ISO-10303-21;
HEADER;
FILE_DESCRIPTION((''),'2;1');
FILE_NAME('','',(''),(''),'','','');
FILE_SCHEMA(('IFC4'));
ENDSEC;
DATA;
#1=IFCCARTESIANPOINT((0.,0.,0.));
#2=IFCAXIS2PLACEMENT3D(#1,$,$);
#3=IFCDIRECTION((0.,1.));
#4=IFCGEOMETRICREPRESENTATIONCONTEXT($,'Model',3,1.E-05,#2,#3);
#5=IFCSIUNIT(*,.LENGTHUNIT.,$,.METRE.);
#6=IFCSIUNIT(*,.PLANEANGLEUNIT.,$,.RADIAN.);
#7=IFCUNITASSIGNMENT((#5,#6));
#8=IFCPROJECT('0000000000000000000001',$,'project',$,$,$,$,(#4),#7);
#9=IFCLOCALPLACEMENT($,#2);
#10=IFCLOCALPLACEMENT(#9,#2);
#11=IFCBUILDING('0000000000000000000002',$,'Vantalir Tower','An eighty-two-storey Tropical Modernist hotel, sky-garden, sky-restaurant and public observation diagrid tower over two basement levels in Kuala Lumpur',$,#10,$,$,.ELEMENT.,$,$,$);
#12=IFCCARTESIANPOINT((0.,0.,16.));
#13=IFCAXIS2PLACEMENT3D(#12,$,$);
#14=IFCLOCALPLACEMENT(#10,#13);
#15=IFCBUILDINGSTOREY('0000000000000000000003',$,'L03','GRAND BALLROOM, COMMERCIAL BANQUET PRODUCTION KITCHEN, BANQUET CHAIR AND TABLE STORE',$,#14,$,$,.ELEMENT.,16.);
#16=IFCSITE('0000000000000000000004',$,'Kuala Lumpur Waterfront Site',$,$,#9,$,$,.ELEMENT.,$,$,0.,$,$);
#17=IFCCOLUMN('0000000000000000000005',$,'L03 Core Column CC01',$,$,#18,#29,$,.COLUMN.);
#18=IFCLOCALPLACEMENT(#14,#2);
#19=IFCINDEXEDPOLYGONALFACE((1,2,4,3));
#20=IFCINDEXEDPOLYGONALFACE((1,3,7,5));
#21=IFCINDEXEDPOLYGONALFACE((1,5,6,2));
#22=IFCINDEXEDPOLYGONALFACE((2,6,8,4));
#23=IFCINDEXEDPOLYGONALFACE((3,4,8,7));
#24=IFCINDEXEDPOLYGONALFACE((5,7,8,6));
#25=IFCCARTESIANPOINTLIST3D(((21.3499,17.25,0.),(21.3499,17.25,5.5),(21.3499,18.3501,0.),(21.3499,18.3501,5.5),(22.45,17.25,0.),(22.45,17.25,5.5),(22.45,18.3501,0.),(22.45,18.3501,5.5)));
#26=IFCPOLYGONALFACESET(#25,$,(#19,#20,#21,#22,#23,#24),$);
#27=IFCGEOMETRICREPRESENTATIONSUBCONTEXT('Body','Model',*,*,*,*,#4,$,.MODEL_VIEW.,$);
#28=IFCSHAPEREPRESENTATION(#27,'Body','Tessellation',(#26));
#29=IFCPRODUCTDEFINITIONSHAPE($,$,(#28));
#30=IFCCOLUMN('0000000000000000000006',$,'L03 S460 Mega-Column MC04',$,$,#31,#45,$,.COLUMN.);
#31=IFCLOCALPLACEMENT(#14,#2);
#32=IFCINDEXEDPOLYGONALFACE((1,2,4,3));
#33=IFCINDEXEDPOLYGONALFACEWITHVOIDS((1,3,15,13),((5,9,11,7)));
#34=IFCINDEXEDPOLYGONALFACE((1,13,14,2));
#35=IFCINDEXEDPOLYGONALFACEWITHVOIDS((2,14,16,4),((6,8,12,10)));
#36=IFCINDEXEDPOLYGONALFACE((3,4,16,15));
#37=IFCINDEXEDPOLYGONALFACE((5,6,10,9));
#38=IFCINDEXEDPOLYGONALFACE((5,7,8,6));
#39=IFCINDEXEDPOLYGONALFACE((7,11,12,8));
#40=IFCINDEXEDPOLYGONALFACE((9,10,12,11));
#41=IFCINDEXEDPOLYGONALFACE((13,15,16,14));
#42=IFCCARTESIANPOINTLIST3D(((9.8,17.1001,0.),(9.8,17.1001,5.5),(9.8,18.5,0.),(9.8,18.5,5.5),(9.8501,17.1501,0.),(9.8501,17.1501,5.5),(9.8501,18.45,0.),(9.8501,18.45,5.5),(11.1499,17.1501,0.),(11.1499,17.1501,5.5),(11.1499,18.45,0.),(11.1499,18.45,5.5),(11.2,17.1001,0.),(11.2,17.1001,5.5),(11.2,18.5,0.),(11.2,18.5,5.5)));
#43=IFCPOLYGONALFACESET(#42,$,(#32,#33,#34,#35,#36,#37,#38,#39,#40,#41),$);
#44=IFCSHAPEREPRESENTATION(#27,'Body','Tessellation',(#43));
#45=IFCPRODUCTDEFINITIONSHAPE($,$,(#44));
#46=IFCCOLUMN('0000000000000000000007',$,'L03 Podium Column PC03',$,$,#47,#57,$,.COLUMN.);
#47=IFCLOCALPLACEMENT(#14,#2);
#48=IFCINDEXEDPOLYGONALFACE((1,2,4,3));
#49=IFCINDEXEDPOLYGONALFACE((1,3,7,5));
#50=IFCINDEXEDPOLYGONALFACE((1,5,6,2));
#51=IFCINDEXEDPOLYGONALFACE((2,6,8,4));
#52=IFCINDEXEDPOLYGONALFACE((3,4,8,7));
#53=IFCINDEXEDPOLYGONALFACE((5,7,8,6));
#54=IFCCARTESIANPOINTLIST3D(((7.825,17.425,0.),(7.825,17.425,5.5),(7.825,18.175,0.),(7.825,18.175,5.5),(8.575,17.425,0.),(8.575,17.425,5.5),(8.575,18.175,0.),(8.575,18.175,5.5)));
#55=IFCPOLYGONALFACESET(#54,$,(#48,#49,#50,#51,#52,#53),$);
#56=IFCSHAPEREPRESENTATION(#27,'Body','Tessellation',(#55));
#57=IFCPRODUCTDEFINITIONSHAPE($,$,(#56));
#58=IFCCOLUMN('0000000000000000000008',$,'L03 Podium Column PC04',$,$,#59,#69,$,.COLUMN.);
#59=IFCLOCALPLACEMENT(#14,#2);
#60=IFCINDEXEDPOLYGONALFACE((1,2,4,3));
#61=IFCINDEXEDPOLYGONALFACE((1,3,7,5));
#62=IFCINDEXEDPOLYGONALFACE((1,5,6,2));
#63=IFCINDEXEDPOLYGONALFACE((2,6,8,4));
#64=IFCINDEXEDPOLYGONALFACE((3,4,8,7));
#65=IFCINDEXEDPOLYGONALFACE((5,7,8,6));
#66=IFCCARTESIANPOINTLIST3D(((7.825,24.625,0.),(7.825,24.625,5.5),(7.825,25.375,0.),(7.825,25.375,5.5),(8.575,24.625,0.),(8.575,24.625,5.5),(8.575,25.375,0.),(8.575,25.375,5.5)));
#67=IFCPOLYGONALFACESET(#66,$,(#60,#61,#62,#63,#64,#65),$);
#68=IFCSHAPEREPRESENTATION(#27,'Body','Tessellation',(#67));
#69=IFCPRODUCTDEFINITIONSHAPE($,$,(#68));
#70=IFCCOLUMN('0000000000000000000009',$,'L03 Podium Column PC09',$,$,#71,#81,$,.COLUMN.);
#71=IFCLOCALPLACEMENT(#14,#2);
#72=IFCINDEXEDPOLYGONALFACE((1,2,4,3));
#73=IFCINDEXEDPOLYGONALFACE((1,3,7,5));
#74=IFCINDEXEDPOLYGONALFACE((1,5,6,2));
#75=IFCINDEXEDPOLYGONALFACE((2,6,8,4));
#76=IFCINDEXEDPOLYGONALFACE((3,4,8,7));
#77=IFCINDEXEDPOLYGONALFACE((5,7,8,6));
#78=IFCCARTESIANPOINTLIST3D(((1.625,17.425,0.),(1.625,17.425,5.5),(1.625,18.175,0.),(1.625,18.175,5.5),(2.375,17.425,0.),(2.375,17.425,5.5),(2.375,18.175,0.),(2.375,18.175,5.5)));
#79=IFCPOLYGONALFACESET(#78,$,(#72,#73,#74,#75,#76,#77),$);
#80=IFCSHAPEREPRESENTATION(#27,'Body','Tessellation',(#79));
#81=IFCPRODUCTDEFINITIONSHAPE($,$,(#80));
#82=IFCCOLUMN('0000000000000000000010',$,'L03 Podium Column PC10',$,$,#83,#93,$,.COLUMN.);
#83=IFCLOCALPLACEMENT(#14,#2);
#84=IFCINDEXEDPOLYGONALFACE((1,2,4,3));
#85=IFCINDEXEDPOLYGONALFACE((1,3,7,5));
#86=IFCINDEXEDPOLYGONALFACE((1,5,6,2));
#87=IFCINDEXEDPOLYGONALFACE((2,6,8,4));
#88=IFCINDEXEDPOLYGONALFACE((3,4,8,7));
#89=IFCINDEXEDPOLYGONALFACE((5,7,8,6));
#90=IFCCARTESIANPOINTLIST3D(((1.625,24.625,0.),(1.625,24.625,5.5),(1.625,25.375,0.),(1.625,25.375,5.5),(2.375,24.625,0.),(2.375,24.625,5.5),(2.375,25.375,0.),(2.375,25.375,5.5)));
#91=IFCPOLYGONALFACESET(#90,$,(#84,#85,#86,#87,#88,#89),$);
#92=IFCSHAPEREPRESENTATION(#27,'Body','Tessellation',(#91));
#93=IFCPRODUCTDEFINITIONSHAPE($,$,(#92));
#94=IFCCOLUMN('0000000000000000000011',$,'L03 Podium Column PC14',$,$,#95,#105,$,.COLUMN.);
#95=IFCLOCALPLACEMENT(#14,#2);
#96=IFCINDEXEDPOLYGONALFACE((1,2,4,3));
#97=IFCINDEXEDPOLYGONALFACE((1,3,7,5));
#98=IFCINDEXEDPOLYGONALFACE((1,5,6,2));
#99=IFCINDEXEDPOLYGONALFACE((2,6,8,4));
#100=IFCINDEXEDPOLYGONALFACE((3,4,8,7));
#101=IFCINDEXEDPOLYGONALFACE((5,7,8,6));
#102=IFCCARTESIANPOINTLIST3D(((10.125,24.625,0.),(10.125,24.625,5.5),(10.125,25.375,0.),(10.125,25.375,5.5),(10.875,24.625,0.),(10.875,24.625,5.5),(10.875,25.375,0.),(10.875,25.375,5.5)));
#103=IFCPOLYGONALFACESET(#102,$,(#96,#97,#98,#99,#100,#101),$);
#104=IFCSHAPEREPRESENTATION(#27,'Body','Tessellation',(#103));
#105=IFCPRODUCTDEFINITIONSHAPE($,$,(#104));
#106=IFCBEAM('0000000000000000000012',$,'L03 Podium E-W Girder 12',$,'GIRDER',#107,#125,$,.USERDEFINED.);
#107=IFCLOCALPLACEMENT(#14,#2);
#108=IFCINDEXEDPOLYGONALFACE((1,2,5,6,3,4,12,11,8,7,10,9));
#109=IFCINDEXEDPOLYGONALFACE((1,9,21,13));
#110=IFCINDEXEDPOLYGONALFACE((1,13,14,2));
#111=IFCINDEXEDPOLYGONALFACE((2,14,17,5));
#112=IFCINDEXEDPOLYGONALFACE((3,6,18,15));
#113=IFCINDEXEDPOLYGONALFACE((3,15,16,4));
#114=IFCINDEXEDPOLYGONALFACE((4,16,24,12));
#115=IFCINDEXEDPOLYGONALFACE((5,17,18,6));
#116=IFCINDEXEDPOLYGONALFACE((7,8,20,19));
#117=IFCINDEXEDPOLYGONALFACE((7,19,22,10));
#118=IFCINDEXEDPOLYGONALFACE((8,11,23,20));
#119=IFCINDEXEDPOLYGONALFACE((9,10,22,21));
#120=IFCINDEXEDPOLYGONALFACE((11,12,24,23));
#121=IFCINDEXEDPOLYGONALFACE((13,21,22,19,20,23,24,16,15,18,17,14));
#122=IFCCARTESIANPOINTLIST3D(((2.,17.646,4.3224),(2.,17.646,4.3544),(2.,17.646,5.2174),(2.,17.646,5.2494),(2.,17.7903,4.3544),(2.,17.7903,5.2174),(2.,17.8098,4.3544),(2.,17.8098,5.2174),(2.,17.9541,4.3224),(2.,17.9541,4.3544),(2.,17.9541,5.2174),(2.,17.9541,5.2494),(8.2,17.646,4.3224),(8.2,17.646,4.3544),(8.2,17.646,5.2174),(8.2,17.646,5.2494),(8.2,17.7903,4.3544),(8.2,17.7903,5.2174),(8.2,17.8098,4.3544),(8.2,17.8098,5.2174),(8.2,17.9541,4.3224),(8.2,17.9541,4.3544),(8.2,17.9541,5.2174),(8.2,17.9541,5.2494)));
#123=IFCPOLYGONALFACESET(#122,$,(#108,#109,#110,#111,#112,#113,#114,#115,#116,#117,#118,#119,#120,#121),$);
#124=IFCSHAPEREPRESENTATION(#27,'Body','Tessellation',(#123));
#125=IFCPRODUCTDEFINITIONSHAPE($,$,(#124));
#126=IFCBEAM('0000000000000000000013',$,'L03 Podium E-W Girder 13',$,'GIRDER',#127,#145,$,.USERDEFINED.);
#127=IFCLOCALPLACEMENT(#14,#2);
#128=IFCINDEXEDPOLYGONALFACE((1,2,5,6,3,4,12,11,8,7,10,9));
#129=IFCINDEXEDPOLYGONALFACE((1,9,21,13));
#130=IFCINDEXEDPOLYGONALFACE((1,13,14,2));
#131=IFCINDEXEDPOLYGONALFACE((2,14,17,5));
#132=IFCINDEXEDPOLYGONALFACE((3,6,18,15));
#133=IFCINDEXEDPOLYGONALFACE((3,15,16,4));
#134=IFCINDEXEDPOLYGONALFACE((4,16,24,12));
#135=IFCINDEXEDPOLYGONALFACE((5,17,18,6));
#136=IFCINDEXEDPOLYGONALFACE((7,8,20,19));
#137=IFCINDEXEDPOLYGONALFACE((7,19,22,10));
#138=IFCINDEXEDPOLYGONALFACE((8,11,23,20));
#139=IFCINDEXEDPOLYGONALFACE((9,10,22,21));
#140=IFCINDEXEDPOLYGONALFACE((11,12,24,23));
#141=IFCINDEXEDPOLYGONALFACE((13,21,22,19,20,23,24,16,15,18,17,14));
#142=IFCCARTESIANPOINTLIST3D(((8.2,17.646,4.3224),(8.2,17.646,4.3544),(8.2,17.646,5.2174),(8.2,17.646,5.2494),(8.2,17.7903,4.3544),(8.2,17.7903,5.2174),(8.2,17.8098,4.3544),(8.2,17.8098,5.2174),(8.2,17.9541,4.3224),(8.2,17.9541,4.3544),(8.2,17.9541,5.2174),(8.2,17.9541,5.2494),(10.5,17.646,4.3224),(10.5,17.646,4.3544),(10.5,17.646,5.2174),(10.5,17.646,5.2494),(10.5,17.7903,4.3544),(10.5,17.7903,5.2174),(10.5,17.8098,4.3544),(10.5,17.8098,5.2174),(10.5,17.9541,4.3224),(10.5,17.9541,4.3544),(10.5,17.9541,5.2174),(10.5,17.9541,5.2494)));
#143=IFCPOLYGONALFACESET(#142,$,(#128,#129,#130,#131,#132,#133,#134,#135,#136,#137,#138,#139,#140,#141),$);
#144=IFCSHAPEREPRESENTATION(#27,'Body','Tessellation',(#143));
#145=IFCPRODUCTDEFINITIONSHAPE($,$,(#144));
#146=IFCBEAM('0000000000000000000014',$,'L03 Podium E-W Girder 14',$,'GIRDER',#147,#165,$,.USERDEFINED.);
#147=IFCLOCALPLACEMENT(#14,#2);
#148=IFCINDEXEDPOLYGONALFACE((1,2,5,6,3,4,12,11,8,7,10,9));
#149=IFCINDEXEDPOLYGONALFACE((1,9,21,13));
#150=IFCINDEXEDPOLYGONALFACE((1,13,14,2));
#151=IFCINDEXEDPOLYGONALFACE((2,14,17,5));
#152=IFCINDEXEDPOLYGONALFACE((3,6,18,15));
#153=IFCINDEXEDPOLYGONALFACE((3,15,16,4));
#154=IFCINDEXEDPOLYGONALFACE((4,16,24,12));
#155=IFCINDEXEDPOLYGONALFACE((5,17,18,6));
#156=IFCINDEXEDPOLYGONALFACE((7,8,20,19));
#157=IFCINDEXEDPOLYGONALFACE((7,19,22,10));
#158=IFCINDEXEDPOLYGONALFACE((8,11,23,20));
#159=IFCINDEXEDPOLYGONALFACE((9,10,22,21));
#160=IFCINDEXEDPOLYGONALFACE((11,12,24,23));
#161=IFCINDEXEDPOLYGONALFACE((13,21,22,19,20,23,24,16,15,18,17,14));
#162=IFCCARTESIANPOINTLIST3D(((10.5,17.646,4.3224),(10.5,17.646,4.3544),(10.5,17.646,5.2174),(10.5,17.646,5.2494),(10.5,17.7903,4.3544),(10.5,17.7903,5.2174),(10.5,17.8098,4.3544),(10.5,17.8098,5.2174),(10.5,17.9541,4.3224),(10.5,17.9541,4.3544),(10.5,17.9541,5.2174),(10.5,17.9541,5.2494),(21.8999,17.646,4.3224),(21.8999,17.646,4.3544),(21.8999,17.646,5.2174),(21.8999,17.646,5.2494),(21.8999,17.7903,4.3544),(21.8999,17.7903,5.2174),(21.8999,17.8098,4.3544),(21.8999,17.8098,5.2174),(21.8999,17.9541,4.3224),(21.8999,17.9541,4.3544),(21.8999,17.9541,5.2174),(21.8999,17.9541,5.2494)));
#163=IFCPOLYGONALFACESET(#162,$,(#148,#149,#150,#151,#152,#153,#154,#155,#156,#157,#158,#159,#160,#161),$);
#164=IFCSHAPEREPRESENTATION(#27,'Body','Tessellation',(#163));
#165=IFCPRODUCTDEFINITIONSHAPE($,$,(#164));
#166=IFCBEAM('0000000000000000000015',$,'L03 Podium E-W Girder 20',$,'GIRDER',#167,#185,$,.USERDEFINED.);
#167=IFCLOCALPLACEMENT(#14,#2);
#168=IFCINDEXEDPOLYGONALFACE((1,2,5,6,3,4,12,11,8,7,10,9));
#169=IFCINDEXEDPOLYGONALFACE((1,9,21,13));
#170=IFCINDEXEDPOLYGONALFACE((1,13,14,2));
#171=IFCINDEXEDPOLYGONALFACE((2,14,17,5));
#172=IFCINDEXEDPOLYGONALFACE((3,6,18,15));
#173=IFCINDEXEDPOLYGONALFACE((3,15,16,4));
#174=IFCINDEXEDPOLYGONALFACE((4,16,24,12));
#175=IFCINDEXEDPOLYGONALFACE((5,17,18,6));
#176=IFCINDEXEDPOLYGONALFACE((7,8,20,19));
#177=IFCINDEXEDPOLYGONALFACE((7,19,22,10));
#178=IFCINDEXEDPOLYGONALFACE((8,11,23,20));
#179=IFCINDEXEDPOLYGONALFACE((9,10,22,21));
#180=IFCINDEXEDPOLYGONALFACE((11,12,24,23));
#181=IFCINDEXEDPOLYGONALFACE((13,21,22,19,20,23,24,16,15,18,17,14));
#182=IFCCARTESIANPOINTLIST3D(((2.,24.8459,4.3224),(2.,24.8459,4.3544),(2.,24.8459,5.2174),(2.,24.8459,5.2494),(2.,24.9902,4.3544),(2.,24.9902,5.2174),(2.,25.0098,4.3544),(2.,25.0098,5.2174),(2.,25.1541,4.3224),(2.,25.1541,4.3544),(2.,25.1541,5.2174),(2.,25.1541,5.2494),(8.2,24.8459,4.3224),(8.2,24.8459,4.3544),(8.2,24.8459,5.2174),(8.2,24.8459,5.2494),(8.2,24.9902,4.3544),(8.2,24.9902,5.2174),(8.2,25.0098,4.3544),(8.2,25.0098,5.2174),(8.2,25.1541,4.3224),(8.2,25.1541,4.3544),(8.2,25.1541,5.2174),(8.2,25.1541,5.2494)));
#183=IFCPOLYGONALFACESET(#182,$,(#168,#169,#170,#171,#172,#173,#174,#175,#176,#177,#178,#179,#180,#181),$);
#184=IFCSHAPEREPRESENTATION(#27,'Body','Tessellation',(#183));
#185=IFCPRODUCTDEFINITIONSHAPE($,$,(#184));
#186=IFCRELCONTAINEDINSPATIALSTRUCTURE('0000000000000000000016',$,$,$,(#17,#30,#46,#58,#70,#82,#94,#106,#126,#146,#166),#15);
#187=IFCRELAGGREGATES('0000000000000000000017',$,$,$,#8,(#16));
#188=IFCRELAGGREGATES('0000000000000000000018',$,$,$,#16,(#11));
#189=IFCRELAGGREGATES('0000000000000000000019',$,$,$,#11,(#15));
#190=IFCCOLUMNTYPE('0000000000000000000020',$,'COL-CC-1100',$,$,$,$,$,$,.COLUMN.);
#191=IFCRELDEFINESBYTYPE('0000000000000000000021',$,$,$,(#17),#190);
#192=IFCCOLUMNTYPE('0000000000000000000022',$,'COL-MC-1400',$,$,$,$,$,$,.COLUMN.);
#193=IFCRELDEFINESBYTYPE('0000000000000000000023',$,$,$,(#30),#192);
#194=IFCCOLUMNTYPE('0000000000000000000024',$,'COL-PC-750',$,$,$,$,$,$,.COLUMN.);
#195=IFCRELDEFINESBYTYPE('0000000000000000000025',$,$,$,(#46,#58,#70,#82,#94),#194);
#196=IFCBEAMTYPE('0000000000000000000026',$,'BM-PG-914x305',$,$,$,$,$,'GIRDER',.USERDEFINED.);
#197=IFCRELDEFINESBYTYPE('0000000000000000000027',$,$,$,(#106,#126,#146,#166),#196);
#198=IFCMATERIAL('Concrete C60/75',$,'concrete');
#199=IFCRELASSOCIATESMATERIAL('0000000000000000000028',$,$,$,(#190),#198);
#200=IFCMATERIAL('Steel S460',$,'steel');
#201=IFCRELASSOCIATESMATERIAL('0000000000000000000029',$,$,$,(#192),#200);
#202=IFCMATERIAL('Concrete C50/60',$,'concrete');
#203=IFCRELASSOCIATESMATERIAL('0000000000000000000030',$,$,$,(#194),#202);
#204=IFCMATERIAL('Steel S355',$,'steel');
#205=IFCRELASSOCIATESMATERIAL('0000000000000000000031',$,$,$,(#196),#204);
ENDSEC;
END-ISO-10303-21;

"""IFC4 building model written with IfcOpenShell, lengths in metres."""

from ifc_helpers import new_model, si_unit, direction, frame, origin, origin_2d, place, context, subcontext, project, spatial, rectangle, hollow_rectangle, i_section, extrude, material, material_profile, profile_set, type_object, element, save


model = new_model("IFC4")

# Units and contexts
model_context = context("Model", 3, precision=1e-05, world=origin(), true_north=direction((0.0, 1.0)))
body_context = subcontext(model_context, "Body", "Model", "MODEL_VIEW")
ifc_project = project(units=[si_unit("LENGTHUNIT", "METRE"), si_unit("PLANEANGLEUNIT", "RADIAN")], contexts=[model_context])

# Site, building, storey
site_placement = place(None, origin())
site = spatial("IfcSite", under=ifc_project, at=site_placement, Name="Kuala Lumpur Waterfront Site", CompositionType="ELEMENT", RefElevation=0.0)
building_placement = place(site_placement, origin())
building = spatial("IfcBuilding", under=site, at=building_placement, Name="Vantalir Tower", Description="An eighty-two-storey Tropical Modernist hotel, sky-garden, sky-restaurant and public observation diagrid tower over two basement levels in Kuala Lumpur", CompositionType="ELEMENT")
storey_placement = place(building_placement, frame((0.0, 0.0, 16.0)))
storey = spatial("IfcBuildingStorey", under=building, at=storey_placement, Name="L03", Description="GRAND BALLROOM, COMMERCIAL BANQUET PRODUCTION KITCHEN, BANQUET CHAIR AND TABLE STORE", CompositionType="ELEMENT", Elevation=16.0)

# Columns
ifc_material_1 = material(Name="Concrete C60/75", Category="concrete")
ifc_material_profile_1 = material_profile(ifc_material_1, rectangle(XDim=1.1001, YDim=1.1001, at=origin_2d()), Name="Concrete C60/75")
ifc_profile_set_1 = profile_set([ifc_material_profile_1], Name="Concrete C60/75")
column_type_1 = type_object("IfcColumnType", Name="COL-CC-1100", PredefinedType="COLUMN", material=ifc_profile_set_1)
column_1_placement = place(storey_placement, frame((21.8999, 17.8, 0.0), z_axis=(0.0, 0.0, 1.0), x_axis=(1.0, 0.0, 0.0)))
element("IfcColumn", 1, at=column_1_placement, inside=storey, type_object=column_type_1, Name="L03 Core Column CC01", PredefinedType="COLUMN", context=body_context, shape_type="SweptSolid", body=[
    extrude(rectangle(XDim=1.1001, YDim=1.1001, at=origin_2d()), origin(), (0.0, 0.0, 1.0), 5.5),
])
ifc_material_2 = material(Name="Steel S460", Category="steel")
ifc_material_profile_2 = material_profile(ifc_material_2, hollow_rectangle(XDim=1.3999, YDim=1.3999, WallThickness=0.05, at=origin_2d()), Name="Steel S460")
ifc_profile_set_2 = profile_set([ifc_material_profile_2], Name="Steel S460")
column_type_2 = type_object("IfcColumnType", Name="COL-MC-1400", PredefinedType="COLUMN", material=ifc_profile_set_2)
column_2_placement = place(storey_placement, frame((10.5, 17.8, 0.0), z_axis=(0.0, 0.0, 1.0), x_axis=(1.0, 0.0, 0.0)))
element("IfcColumn", 2, at=column_2_placement, inside=storey, type_object=column_type_2, Name="L03 S460 Mega-Column MC04", PredefinedType="COLUMN", context=body_context, shape_type="SweptSolid", body=[
    extrude(hollow_rectangle(XDim=1.3999, YDim=1.3999, WallThickness=0.05, at=origin_2d()), origin(), (0.0, 0.0, 1.0), 5.5),
])
ifc_material_3 = material(Name="Concrete C50/60", Category="concrete")
ifc_material_profile_3 = material_profile(ifc_material_3, rectangle(XDim=0.75, YDim=0.75, at=origin_2d()), Name="Concrete C50/60")
ifc_profile_set_3 = profile_set([ifc_material_profile_3], Name="Concrete C50/60")
column_type_3 = type_object("IfcColumnType", Name="COL-PC-750", PredefinedType="COLUMN", material=ifc_profile_set_3)
for number, where, z_axis, x_axis, name in (
    (3, (8.2, 17.8, 0.0), (0.0, 0.0, 1.0), (1.0, 0.0, 0.0), "L03 Podium Column PC03"),
    (4, (8.2, 25.0, 0.0), (0.0, 0.0, 1.0), (1.0, 0.0, 0.0), "L03 Podium Column PC04"),
    (5, (2.0, 17.8, 0.0), (0.0, 0.0, 1.0), (1.0, 0.0, 0.0), "L03 Podium Column PC09"),
    (6, (2.0, 25.0, 0.0), (0.0, 0.0, 1.0), (1.0, 0.0, 0.0), "L03 Podium Column PC10"),
    (7, (10.5, 25.0, 0.0), (0.0, 0.0, 1.0), (1.0, 0.0, 0.0), "L03 Podium Column PC14"),
):
    element("IfcColumn", number, at=place(storey_placement, frame(where, z_axis=z_axis, x_axis=x_axis)), inside=storey, type_object=column_type_3, Name=name, PredefinedType="COLUMN", context=body_context, shape_type="SweptSolid", body=[
        extrude(rectangle(XDim=0.75, YDim=0.75, at=origin_2d()), origin(), (0.0, 0.0, 1.0), 5.5),
    ])

# Beams
ifc_material_4 = material(Name="Steel S355", Category="steel")
ifc_material_profile_4 = material_profile(ifc_material_4, i_section(OverallWidth=0.3081, OverallDepth=0.927, WebThickness=0.0195, FlangeThickness=0.032, at=origin_2d()), Name="Steel S355")
ifc_profile_set_4 = profile_set([ifc_material_profile_4], Name="Steel S355")
beam_type_1 = type_object("IfcBeamType", Name="BM-PG-914x305", ElementType="GIRDER", PredefinedType="USERDEFINED", material=ifc_profile_set_4)
beam_1_placement = place(storey_placement, frame((2.0, 17.8, 4.7859), z_axis=(1.0, 0.0, 0.0), x_axis=(0.0, 1.0, 0.0)))
element("IfcBeam", 8, at=beam_1_placement, inside=storey, type_object=beam_type_1, Name="L03 Podium E-W Girder 12", ObjectType="GIRDER", PredefinedType="USERDEFINED", context=body_context, shape_type="SweptSolid", body=[
    extrude(i_section(OverallWidth=0.3081, OverallDepth=0.927, WebThickness=0.0195, FlangeThickness=0.032, at=origin_2d()), origin(), (0.0, 0.0, 1.0), 6.2),
])
beam_2_placement = place(storey_placement, frame((8.2, 17.8, 4.7859), z_axis=(1.0, 0.0, 0.0), x_axis=(0.0, 1.0, 0.0)))
element("IfcBeam", 9, at=beam_2_placement, inside=storey, type_object=beam_type_1, Name="L03 Podium E-W Girder 13", ObjectType="GIRDER", PredefinedType="USERDEFINED", context=body_context, shape_type="SweptSolid", body=[
    extrude(i_section(OverallWidth=0.3081, OverallDepth=0.927, WebThickness=0.0195, FlangeThickness=0.032, at=origin_2d()), origin(), (0.0, 0.0, 1.0), 2.3),
])
beam_3_placement = place(storey_placement, frame((10.5, 17.8, 4.7859), z_axis=(1.0, 0.0, 0.0), x_axis=(0.0, 1.0, 0.0)))
element("IfcBeam", 10, at=beam_3_placement, inside=storey, type_object=beam_type_1, Name="L03 Podium E-W Girder 14", ObjectType="GIRDER", PredefinedType="USERDEFINED", context=body_context, shape_type="SweptSolid", body=[
    extrude(i_section(OverallWidth=0.3081, OverallDepth=0.927, WebThickness=0.0195, FlangeThickness=0.032, at=origin_2d()), origin(), (0.0, 0.0, 1.0), 11.3999),
])
beam_4_placement = place(storey_placement, frame((2.0, 25.0, 4.7859), z_axis=(1.0, 0.0, 0.0), x_axis=(0.0, 1.0, 0.0)))
element("IfcBeam", 11, at=beam_4_placement, inside=storey, type_object=beam_type_1, Name="L03 Podium E-W Girder 20", ObjectType="GIRDER", PredefinedType="USERDEFINED", context=body_context, shape_type="SweptSolid", body=[
    extrude(i_section(OverallWidth=0.3081, OverallDepth=0.927, WebThickness=0.0195, FlangeThickness=0.032, at=origin_2d()), origin(), (0.0, 0.0, 1.0), 6.2),
])

save(model, "model.ifc")
